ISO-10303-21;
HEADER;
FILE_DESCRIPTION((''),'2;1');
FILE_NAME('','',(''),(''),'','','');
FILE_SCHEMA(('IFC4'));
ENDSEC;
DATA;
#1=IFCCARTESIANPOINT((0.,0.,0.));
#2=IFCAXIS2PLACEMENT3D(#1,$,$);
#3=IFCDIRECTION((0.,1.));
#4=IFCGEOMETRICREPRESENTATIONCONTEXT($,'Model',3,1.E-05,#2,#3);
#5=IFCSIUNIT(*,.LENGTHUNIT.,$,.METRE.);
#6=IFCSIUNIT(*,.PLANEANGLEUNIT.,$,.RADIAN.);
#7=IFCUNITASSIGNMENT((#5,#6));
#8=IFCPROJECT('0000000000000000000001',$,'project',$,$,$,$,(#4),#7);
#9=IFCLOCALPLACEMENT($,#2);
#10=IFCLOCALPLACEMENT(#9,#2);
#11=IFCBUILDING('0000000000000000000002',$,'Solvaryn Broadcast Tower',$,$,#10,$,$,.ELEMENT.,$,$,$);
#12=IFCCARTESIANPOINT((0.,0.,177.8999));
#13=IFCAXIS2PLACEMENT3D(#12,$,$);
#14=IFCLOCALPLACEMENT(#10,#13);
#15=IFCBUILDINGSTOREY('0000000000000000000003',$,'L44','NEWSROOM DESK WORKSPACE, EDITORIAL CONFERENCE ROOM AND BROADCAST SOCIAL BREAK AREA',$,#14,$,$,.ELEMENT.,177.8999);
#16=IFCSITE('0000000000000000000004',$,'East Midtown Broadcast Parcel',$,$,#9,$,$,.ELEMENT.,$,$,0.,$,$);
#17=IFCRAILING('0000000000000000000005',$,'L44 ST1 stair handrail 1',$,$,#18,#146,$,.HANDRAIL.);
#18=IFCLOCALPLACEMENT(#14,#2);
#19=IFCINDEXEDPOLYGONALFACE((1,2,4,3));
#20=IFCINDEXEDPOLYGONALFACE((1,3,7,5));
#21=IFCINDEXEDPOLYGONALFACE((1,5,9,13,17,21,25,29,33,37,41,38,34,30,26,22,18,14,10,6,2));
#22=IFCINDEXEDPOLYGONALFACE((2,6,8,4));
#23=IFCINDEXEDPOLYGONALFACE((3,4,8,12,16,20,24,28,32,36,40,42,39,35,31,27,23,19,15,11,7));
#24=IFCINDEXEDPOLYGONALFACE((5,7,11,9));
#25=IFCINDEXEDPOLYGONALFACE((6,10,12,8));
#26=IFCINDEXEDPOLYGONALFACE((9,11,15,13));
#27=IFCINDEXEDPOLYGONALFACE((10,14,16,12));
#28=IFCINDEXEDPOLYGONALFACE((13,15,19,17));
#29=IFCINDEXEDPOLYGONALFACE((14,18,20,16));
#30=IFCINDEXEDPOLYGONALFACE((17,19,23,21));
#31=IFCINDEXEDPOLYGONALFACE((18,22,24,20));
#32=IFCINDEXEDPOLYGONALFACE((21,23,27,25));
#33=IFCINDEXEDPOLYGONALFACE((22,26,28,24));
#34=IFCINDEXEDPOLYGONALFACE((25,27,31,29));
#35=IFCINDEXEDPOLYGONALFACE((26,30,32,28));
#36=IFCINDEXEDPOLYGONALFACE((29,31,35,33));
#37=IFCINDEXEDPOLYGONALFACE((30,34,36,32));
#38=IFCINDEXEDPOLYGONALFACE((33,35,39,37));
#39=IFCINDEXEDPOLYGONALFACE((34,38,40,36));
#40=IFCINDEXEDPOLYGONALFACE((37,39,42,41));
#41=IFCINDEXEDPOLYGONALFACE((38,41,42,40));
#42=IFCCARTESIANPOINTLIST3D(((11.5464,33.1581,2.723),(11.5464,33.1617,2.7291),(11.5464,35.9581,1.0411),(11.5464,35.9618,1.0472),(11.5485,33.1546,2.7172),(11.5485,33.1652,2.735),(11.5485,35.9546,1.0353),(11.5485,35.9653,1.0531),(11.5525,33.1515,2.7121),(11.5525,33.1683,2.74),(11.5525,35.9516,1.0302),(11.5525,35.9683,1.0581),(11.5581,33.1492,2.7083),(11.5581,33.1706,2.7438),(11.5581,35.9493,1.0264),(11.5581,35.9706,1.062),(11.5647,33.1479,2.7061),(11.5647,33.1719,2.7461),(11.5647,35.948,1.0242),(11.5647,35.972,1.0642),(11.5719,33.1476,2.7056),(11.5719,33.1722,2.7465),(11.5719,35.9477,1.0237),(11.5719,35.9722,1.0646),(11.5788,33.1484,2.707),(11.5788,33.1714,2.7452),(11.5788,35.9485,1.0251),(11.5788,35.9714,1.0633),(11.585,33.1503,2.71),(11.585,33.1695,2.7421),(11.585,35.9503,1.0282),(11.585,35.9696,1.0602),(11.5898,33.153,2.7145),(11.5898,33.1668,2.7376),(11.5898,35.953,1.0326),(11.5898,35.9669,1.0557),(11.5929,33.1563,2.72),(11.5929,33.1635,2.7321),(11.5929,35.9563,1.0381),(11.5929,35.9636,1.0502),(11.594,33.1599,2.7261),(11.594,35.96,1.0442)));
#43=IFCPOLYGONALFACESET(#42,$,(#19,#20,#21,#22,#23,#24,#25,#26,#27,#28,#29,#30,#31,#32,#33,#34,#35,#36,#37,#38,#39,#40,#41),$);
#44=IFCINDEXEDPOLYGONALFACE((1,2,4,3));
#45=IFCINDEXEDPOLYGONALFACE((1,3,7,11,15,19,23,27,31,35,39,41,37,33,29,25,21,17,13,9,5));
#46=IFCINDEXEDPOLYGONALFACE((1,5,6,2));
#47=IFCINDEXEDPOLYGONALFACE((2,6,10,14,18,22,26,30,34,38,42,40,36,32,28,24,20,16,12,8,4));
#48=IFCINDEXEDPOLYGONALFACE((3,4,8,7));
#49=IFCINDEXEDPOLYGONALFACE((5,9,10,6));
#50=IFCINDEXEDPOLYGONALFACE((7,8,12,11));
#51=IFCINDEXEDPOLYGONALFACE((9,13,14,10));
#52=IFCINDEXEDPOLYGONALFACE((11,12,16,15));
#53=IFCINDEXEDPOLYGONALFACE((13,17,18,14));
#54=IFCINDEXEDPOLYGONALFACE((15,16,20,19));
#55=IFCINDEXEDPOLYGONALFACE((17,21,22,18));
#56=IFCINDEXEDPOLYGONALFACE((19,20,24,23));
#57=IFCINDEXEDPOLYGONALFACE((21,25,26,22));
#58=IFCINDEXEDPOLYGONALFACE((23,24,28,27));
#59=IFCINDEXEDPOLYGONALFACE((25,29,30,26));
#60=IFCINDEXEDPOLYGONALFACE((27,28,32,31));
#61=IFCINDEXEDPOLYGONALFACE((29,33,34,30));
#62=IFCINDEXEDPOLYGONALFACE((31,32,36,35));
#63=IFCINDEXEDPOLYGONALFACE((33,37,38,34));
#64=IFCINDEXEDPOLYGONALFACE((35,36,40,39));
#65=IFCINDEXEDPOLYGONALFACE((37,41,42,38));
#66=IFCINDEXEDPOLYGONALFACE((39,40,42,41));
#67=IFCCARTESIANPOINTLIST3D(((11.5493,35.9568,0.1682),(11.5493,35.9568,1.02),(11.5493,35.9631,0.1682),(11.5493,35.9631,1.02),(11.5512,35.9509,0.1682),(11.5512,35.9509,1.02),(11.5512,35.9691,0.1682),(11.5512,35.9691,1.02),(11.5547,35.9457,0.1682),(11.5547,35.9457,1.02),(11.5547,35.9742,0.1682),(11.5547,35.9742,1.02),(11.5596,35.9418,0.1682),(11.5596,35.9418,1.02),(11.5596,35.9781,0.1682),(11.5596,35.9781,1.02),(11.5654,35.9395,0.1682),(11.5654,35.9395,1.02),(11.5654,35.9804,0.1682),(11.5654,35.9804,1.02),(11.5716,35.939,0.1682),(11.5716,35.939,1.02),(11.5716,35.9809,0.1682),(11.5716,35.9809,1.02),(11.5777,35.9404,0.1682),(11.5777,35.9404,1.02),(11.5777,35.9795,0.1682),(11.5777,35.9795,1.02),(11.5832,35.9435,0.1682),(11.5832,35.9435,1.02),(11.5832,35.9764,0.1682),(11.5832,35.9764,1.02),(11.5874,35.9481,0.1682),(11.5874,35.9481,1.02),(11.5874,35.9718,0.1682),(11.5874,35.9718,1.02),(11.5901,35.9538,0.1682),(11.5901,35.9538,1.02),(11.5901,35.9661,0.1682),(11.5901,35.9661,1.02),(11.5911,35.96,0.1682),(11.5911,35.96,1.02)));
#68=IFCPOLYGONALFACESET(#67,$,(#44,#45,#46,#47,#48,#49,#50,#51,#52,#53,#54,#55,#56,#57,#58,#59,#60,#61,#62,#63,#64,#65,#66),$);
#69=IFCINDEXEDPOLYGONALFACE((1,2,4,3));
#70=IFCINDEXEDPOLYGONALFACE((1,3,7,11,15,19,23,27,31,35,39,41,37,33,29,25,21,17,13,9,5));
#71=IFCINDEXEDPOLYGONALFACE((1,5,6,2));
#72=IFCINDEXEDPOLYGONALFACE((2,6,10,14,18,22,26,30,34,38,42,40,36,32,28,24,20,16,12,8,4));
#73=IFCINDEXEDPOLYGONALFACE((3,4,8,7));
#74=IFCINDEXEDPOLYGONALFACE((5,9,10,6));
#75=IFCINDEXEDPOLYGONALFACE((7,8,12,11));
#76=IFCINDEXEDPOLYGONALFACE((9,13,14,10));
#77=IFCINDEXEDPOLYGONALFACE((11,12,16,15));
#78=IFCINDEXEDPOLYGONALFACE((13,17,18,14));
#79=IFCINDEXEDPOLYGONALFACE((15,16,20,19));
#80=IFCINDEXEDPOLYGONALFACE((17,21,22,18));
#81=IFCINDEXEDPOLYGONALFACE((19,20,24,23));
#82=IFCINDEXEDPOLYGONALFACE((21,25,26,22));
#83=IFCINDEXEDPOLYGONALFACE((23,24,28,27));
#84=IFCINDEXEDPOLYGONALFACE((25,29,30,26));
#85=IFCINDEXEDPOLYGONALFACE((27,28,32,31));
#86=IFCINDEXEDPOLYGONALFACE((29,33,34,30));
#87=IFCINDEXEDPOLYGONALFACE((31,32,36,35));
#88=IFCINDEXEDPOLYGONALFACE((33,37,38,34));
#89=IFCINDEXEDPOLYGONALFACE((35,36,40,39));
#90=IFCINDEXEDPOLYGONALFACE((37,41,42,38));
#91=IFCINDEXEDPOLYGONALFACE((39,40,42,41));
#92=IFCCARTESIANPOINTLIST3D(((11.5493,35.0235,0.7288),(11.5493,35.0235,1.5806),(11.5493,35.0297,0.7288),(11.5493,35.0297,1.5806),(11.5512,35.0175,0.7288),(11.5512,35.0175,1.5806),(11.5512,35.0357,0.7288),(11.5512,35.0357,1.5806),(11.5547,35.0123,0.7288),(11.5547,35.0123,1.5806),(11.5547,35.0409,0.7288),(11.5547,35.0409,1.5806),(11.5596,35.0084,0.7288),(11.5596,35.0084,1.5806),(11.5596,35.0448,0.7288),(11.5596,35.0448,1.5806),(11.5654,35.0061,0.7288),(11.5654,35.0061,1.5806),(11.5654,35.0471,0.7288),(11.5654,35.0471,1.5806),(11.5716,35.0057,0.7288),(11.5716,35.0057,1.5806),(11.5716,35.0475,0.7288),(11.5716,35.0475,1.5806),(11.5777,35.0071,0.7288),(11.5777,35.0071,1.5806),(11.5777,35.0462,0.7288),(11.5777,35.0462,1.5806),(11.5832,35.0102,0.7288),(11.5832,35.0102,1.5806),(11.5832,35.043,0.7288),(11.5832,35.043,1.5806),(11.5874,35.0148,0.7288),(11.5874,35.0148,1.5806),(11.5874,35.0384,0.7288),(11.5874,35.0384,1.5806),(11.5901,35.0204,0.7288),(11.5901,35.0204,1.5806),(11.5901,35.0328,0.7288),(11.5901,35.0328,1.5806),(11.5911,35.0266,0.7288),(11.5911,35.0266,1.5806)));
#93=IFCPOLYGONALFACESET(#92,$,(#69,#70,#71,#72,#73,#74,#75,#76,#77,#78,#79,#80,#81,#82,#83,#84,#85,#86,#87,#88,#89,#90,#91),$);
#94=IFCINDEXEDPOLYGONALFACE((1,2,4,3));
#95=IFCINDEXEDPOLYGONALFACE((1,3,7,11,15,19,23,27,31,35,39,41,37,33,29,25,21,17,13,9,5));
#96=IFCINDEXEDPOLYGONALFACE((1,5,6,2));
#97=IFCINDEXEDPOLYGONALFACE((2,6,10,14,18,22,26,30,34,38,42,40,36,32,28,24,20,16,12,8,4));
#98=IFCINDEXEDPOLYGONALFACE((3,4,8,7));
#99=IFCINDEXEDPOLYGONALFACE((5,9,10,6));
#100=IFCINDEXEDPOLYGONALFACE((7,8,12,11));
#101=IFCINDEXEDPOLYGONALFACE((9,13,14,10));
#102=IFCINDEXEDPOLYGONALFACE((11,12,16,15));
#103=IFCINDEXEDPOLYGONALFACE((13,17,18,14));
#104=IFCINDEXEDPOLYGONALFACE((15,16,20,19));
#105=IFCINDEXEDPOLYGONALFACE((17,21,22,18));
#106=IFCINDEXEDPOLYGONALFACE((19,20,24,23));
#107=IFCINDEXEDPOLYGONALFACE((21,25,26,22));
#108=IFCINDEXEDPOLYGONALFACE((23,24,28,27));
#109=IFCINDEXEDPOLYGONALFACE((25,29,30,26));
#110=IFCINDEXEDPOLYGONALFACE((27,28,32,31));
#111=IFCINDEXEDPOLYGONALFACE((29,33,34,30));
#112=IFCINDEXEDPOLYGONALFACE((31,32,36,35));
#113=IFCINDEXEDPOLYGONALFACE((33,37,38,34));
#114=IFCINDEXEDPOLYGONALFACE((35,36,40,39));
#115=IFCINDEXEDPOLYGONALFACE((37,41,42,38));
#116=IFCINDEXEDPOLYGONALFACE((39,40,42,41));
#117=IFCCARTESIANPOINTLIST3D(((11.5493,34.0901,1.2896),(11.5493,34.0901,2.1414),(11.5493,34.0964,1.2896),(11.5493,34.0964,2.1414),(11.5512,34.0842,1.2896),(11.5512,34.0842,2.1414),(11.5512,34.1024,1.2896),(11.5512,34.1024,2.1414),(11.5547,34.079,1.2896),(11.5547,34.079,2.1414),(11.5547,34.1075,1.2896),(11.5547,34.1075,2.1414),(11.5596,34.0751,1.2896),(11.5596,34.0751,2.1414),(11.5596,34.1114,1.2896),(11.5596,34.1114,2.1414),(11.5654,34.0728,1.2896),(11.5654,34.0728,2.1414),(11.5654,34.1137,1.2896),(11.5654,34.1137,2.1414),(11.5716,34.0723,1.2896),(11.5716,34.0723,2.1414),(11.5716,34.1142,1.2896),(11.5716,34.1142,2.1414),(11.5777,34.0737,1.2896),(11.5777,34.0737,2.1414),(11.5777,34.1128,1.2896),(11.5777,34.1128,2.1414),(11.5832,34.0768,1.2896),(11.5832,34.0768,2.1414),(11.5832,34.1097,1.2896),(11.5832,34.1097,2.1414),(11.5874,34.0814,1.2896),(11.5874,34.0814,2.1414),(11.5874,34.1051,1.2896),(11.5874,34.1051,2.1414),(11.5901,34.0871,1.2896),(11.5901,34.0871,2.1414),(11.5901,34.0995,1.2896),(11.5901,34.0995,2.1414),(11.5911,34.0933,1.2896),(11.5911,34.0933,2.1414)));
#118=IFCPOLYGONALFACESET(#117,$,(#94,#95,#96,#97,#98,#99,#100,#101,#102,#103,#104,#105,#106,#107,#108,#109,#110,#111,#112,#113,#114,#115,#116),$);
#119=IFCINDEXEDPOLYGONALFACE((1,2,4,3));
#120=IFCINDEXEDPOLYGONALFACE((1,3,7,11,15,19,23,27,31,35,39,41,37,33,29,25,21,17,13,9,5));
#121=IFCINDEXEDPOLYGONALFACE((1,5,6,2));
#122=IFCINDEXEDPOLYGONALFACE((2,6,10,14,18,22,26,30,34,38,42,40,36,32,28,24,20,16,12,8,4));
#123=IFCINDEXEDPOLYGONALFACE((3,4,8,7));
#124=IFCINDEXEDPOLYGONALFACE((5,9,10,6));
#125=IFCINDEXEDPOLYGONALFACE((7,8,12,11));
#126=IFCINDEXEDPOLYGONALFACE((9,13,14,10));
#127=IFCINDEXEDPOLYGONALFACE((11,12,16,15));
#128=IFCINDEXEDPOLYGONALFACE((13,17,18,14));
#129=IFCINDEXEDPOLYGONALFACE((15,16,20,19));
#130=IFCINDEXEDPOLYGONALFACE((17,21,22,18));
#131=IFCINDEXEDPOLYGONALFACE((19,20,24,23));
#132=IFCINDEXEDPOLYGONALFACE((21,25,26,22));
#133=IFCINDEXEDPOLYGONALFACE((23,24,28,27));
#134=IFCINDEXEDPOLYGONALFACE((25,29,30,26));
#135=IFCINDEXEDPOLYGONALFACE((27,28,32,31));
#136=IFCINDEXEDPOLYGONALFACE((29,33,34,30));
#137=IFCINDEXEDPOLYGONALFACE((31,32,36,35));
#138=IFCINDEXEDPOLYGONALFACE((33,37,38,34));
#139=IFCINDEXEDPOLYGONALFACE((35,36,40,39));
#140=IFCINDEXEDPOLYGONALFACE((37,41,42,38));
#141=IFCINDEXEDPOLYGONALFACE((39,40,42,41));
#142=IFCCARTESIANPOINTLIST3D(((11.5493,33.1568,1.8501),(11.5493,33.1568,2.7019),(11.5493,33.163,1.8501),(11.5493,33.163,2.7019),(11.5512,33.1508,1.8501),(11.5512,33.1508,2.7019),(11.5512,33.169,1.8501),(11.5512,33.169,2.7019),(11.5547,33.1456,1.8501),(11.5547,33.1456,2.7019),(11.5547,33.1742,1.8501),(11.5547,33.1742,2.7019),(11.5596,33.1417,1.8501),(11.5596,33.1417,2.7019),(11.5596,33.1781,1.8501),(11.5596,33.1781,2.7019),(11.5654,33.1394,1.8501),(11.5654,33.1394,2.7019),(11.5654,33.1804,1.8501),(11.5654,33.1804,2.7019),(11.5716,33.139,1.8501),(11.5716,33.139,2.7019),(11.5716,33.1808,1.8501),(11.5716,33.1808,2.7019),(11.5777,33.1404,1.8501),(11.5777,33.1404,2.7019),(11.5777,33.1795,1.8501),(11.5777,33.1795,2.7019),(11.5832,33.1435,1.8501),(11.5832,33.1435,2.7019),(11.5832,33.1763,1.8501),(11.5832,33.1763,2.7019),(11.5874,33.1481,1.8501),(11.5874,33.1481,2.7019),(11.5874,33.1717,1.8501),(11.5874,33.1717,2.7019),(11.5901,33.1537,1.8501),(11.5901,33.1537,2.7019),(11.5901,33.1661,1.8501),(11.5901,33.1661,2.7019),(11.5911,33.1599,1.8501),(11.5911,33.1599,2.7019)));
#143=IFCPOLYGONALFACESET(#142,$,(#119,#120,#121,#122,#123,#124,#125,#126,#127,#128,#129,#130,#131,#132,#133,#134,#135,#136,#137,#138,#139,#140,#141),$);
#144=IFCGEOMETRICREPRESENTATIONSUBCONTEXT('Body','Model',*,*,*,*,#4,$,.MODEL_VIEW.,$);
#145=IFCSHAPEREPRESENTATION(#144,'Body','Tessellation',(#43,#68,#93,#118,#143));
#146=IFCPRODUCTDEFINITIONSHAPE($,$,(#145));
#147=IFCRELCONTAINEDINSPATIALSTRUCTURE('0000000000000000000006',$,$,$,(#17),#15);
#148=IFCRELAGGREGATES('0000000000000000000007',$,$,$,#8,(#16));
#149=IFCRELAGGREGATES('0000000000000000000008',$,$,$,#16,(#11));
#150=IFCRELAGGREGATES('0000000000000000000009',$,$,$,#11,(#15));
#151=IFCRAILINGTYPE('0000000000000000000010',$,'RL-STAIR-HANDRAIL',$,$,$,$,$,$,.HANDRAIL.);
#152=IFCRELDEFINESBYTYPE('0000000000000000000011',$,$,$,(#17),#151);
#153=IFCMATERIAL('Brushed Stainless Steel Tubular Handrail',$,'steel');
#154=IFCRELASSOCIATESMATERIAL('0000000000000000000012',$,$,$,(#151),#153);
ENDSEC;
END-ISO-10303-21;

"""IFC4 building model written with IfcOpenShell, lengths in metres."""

from ifc_helpers import new_model, si_unit, direction, frame, origin, origin_2d, place, context, subcontext, project, spatial, circle, extrude, material, type_object, element, save


model = new_model("IFC4")

# Units and contexts
model_context = context("Model", 3, precision=1e-05, world=origin(), true_north=direction((0.0, 1.0)))
body_context = subcontext(model_context, "Body", "Model", "MODEL_VIEW")
ifc_project = project(units=[si_unit("LENGTHUNIT", "METRE"), si_unit("PLANEANGLEUNIT", "RADIAN")], contexts=[model_context])

# Site, building, storey
site_placement = place(None, origin())
site = spatial("IfcSite", under=ifc_project, at=site_placement, Name="East Midtown Broadcast Parcel", CompositionType="ELEMENT", RefElevation=0.0)
building_placement = place(site_placement, origin())
building = spatial("IfcBuilding", under=site, at=building_placement, Name="Solvaryn Broadcast Tower", CompositionType="ELEMENT")
storey_placement = place(building_placement, frame((0.0, 0.0, 177.8999)))
storey = spatial("IfcBuildingStorey", under=building, at=storey_placement, Name="L44", Description="NEWSROOM DESK WORKSPACE, EDITORIAL CONFERENCE ROOM AND BROADCAST SOCIAL BREAK AREA", CompositionType="ELEMENT", Elevation=177.8999)

# Railing
ifc_material_1 = material(Name="Brushed Stainless Steel Tubular Handrail", Category="steel")
railing_type_1 = type_object("IfcRailingType", Name="RL-STAIR-HANDRAIL", PredefinedType="HANDRAIL", material=ifc_material_1)
railing_1_placement = place(storey_placement, frame((11.5701, 35.96, 0.1682)))
element("IfcRailing", 1, at=railing_1_placement, inside=storey, type_object=railing_type_1, Name="L44 ST1 stair handrail 1", PredefinedType="HANDRAIL", context=body_context, shape_type="SweptSolid", body=[
    extrude(circle(Radius=0.0239, at=origin_2d()), frame((0.0, 0.0, 0.876), z_axis=(0.0, -0.857242, 0.514913), x_axis=(1.0, 0.0, 0.0)), (0.0, 0.0, 1.0), 3.2664),
    extrude(circle(Radius=0.021, at=origin_2d()), origin(), (0.0, 0.0, 1.0), 0.8518),
    extrude(circle(Radius=0.021, at=origin_2d()), frame((0.0, -0.9333, 0.5605)), (0.0, 0.0, 1.0), 0.8518),
    extrude(circle(Radius=0.021, at=origin_2d()), frame((0.0, -1.8667, 1.1213)), (0.0, 0.0, 1.0), 0.8518),
    extrude(circle(Radius=0.021, at=origin_2d()), frame((0.0, -2.8, 1.6819)), (0.0, 0.0, 1.0), 0.8518),
])

save(model, "model.ifc")
